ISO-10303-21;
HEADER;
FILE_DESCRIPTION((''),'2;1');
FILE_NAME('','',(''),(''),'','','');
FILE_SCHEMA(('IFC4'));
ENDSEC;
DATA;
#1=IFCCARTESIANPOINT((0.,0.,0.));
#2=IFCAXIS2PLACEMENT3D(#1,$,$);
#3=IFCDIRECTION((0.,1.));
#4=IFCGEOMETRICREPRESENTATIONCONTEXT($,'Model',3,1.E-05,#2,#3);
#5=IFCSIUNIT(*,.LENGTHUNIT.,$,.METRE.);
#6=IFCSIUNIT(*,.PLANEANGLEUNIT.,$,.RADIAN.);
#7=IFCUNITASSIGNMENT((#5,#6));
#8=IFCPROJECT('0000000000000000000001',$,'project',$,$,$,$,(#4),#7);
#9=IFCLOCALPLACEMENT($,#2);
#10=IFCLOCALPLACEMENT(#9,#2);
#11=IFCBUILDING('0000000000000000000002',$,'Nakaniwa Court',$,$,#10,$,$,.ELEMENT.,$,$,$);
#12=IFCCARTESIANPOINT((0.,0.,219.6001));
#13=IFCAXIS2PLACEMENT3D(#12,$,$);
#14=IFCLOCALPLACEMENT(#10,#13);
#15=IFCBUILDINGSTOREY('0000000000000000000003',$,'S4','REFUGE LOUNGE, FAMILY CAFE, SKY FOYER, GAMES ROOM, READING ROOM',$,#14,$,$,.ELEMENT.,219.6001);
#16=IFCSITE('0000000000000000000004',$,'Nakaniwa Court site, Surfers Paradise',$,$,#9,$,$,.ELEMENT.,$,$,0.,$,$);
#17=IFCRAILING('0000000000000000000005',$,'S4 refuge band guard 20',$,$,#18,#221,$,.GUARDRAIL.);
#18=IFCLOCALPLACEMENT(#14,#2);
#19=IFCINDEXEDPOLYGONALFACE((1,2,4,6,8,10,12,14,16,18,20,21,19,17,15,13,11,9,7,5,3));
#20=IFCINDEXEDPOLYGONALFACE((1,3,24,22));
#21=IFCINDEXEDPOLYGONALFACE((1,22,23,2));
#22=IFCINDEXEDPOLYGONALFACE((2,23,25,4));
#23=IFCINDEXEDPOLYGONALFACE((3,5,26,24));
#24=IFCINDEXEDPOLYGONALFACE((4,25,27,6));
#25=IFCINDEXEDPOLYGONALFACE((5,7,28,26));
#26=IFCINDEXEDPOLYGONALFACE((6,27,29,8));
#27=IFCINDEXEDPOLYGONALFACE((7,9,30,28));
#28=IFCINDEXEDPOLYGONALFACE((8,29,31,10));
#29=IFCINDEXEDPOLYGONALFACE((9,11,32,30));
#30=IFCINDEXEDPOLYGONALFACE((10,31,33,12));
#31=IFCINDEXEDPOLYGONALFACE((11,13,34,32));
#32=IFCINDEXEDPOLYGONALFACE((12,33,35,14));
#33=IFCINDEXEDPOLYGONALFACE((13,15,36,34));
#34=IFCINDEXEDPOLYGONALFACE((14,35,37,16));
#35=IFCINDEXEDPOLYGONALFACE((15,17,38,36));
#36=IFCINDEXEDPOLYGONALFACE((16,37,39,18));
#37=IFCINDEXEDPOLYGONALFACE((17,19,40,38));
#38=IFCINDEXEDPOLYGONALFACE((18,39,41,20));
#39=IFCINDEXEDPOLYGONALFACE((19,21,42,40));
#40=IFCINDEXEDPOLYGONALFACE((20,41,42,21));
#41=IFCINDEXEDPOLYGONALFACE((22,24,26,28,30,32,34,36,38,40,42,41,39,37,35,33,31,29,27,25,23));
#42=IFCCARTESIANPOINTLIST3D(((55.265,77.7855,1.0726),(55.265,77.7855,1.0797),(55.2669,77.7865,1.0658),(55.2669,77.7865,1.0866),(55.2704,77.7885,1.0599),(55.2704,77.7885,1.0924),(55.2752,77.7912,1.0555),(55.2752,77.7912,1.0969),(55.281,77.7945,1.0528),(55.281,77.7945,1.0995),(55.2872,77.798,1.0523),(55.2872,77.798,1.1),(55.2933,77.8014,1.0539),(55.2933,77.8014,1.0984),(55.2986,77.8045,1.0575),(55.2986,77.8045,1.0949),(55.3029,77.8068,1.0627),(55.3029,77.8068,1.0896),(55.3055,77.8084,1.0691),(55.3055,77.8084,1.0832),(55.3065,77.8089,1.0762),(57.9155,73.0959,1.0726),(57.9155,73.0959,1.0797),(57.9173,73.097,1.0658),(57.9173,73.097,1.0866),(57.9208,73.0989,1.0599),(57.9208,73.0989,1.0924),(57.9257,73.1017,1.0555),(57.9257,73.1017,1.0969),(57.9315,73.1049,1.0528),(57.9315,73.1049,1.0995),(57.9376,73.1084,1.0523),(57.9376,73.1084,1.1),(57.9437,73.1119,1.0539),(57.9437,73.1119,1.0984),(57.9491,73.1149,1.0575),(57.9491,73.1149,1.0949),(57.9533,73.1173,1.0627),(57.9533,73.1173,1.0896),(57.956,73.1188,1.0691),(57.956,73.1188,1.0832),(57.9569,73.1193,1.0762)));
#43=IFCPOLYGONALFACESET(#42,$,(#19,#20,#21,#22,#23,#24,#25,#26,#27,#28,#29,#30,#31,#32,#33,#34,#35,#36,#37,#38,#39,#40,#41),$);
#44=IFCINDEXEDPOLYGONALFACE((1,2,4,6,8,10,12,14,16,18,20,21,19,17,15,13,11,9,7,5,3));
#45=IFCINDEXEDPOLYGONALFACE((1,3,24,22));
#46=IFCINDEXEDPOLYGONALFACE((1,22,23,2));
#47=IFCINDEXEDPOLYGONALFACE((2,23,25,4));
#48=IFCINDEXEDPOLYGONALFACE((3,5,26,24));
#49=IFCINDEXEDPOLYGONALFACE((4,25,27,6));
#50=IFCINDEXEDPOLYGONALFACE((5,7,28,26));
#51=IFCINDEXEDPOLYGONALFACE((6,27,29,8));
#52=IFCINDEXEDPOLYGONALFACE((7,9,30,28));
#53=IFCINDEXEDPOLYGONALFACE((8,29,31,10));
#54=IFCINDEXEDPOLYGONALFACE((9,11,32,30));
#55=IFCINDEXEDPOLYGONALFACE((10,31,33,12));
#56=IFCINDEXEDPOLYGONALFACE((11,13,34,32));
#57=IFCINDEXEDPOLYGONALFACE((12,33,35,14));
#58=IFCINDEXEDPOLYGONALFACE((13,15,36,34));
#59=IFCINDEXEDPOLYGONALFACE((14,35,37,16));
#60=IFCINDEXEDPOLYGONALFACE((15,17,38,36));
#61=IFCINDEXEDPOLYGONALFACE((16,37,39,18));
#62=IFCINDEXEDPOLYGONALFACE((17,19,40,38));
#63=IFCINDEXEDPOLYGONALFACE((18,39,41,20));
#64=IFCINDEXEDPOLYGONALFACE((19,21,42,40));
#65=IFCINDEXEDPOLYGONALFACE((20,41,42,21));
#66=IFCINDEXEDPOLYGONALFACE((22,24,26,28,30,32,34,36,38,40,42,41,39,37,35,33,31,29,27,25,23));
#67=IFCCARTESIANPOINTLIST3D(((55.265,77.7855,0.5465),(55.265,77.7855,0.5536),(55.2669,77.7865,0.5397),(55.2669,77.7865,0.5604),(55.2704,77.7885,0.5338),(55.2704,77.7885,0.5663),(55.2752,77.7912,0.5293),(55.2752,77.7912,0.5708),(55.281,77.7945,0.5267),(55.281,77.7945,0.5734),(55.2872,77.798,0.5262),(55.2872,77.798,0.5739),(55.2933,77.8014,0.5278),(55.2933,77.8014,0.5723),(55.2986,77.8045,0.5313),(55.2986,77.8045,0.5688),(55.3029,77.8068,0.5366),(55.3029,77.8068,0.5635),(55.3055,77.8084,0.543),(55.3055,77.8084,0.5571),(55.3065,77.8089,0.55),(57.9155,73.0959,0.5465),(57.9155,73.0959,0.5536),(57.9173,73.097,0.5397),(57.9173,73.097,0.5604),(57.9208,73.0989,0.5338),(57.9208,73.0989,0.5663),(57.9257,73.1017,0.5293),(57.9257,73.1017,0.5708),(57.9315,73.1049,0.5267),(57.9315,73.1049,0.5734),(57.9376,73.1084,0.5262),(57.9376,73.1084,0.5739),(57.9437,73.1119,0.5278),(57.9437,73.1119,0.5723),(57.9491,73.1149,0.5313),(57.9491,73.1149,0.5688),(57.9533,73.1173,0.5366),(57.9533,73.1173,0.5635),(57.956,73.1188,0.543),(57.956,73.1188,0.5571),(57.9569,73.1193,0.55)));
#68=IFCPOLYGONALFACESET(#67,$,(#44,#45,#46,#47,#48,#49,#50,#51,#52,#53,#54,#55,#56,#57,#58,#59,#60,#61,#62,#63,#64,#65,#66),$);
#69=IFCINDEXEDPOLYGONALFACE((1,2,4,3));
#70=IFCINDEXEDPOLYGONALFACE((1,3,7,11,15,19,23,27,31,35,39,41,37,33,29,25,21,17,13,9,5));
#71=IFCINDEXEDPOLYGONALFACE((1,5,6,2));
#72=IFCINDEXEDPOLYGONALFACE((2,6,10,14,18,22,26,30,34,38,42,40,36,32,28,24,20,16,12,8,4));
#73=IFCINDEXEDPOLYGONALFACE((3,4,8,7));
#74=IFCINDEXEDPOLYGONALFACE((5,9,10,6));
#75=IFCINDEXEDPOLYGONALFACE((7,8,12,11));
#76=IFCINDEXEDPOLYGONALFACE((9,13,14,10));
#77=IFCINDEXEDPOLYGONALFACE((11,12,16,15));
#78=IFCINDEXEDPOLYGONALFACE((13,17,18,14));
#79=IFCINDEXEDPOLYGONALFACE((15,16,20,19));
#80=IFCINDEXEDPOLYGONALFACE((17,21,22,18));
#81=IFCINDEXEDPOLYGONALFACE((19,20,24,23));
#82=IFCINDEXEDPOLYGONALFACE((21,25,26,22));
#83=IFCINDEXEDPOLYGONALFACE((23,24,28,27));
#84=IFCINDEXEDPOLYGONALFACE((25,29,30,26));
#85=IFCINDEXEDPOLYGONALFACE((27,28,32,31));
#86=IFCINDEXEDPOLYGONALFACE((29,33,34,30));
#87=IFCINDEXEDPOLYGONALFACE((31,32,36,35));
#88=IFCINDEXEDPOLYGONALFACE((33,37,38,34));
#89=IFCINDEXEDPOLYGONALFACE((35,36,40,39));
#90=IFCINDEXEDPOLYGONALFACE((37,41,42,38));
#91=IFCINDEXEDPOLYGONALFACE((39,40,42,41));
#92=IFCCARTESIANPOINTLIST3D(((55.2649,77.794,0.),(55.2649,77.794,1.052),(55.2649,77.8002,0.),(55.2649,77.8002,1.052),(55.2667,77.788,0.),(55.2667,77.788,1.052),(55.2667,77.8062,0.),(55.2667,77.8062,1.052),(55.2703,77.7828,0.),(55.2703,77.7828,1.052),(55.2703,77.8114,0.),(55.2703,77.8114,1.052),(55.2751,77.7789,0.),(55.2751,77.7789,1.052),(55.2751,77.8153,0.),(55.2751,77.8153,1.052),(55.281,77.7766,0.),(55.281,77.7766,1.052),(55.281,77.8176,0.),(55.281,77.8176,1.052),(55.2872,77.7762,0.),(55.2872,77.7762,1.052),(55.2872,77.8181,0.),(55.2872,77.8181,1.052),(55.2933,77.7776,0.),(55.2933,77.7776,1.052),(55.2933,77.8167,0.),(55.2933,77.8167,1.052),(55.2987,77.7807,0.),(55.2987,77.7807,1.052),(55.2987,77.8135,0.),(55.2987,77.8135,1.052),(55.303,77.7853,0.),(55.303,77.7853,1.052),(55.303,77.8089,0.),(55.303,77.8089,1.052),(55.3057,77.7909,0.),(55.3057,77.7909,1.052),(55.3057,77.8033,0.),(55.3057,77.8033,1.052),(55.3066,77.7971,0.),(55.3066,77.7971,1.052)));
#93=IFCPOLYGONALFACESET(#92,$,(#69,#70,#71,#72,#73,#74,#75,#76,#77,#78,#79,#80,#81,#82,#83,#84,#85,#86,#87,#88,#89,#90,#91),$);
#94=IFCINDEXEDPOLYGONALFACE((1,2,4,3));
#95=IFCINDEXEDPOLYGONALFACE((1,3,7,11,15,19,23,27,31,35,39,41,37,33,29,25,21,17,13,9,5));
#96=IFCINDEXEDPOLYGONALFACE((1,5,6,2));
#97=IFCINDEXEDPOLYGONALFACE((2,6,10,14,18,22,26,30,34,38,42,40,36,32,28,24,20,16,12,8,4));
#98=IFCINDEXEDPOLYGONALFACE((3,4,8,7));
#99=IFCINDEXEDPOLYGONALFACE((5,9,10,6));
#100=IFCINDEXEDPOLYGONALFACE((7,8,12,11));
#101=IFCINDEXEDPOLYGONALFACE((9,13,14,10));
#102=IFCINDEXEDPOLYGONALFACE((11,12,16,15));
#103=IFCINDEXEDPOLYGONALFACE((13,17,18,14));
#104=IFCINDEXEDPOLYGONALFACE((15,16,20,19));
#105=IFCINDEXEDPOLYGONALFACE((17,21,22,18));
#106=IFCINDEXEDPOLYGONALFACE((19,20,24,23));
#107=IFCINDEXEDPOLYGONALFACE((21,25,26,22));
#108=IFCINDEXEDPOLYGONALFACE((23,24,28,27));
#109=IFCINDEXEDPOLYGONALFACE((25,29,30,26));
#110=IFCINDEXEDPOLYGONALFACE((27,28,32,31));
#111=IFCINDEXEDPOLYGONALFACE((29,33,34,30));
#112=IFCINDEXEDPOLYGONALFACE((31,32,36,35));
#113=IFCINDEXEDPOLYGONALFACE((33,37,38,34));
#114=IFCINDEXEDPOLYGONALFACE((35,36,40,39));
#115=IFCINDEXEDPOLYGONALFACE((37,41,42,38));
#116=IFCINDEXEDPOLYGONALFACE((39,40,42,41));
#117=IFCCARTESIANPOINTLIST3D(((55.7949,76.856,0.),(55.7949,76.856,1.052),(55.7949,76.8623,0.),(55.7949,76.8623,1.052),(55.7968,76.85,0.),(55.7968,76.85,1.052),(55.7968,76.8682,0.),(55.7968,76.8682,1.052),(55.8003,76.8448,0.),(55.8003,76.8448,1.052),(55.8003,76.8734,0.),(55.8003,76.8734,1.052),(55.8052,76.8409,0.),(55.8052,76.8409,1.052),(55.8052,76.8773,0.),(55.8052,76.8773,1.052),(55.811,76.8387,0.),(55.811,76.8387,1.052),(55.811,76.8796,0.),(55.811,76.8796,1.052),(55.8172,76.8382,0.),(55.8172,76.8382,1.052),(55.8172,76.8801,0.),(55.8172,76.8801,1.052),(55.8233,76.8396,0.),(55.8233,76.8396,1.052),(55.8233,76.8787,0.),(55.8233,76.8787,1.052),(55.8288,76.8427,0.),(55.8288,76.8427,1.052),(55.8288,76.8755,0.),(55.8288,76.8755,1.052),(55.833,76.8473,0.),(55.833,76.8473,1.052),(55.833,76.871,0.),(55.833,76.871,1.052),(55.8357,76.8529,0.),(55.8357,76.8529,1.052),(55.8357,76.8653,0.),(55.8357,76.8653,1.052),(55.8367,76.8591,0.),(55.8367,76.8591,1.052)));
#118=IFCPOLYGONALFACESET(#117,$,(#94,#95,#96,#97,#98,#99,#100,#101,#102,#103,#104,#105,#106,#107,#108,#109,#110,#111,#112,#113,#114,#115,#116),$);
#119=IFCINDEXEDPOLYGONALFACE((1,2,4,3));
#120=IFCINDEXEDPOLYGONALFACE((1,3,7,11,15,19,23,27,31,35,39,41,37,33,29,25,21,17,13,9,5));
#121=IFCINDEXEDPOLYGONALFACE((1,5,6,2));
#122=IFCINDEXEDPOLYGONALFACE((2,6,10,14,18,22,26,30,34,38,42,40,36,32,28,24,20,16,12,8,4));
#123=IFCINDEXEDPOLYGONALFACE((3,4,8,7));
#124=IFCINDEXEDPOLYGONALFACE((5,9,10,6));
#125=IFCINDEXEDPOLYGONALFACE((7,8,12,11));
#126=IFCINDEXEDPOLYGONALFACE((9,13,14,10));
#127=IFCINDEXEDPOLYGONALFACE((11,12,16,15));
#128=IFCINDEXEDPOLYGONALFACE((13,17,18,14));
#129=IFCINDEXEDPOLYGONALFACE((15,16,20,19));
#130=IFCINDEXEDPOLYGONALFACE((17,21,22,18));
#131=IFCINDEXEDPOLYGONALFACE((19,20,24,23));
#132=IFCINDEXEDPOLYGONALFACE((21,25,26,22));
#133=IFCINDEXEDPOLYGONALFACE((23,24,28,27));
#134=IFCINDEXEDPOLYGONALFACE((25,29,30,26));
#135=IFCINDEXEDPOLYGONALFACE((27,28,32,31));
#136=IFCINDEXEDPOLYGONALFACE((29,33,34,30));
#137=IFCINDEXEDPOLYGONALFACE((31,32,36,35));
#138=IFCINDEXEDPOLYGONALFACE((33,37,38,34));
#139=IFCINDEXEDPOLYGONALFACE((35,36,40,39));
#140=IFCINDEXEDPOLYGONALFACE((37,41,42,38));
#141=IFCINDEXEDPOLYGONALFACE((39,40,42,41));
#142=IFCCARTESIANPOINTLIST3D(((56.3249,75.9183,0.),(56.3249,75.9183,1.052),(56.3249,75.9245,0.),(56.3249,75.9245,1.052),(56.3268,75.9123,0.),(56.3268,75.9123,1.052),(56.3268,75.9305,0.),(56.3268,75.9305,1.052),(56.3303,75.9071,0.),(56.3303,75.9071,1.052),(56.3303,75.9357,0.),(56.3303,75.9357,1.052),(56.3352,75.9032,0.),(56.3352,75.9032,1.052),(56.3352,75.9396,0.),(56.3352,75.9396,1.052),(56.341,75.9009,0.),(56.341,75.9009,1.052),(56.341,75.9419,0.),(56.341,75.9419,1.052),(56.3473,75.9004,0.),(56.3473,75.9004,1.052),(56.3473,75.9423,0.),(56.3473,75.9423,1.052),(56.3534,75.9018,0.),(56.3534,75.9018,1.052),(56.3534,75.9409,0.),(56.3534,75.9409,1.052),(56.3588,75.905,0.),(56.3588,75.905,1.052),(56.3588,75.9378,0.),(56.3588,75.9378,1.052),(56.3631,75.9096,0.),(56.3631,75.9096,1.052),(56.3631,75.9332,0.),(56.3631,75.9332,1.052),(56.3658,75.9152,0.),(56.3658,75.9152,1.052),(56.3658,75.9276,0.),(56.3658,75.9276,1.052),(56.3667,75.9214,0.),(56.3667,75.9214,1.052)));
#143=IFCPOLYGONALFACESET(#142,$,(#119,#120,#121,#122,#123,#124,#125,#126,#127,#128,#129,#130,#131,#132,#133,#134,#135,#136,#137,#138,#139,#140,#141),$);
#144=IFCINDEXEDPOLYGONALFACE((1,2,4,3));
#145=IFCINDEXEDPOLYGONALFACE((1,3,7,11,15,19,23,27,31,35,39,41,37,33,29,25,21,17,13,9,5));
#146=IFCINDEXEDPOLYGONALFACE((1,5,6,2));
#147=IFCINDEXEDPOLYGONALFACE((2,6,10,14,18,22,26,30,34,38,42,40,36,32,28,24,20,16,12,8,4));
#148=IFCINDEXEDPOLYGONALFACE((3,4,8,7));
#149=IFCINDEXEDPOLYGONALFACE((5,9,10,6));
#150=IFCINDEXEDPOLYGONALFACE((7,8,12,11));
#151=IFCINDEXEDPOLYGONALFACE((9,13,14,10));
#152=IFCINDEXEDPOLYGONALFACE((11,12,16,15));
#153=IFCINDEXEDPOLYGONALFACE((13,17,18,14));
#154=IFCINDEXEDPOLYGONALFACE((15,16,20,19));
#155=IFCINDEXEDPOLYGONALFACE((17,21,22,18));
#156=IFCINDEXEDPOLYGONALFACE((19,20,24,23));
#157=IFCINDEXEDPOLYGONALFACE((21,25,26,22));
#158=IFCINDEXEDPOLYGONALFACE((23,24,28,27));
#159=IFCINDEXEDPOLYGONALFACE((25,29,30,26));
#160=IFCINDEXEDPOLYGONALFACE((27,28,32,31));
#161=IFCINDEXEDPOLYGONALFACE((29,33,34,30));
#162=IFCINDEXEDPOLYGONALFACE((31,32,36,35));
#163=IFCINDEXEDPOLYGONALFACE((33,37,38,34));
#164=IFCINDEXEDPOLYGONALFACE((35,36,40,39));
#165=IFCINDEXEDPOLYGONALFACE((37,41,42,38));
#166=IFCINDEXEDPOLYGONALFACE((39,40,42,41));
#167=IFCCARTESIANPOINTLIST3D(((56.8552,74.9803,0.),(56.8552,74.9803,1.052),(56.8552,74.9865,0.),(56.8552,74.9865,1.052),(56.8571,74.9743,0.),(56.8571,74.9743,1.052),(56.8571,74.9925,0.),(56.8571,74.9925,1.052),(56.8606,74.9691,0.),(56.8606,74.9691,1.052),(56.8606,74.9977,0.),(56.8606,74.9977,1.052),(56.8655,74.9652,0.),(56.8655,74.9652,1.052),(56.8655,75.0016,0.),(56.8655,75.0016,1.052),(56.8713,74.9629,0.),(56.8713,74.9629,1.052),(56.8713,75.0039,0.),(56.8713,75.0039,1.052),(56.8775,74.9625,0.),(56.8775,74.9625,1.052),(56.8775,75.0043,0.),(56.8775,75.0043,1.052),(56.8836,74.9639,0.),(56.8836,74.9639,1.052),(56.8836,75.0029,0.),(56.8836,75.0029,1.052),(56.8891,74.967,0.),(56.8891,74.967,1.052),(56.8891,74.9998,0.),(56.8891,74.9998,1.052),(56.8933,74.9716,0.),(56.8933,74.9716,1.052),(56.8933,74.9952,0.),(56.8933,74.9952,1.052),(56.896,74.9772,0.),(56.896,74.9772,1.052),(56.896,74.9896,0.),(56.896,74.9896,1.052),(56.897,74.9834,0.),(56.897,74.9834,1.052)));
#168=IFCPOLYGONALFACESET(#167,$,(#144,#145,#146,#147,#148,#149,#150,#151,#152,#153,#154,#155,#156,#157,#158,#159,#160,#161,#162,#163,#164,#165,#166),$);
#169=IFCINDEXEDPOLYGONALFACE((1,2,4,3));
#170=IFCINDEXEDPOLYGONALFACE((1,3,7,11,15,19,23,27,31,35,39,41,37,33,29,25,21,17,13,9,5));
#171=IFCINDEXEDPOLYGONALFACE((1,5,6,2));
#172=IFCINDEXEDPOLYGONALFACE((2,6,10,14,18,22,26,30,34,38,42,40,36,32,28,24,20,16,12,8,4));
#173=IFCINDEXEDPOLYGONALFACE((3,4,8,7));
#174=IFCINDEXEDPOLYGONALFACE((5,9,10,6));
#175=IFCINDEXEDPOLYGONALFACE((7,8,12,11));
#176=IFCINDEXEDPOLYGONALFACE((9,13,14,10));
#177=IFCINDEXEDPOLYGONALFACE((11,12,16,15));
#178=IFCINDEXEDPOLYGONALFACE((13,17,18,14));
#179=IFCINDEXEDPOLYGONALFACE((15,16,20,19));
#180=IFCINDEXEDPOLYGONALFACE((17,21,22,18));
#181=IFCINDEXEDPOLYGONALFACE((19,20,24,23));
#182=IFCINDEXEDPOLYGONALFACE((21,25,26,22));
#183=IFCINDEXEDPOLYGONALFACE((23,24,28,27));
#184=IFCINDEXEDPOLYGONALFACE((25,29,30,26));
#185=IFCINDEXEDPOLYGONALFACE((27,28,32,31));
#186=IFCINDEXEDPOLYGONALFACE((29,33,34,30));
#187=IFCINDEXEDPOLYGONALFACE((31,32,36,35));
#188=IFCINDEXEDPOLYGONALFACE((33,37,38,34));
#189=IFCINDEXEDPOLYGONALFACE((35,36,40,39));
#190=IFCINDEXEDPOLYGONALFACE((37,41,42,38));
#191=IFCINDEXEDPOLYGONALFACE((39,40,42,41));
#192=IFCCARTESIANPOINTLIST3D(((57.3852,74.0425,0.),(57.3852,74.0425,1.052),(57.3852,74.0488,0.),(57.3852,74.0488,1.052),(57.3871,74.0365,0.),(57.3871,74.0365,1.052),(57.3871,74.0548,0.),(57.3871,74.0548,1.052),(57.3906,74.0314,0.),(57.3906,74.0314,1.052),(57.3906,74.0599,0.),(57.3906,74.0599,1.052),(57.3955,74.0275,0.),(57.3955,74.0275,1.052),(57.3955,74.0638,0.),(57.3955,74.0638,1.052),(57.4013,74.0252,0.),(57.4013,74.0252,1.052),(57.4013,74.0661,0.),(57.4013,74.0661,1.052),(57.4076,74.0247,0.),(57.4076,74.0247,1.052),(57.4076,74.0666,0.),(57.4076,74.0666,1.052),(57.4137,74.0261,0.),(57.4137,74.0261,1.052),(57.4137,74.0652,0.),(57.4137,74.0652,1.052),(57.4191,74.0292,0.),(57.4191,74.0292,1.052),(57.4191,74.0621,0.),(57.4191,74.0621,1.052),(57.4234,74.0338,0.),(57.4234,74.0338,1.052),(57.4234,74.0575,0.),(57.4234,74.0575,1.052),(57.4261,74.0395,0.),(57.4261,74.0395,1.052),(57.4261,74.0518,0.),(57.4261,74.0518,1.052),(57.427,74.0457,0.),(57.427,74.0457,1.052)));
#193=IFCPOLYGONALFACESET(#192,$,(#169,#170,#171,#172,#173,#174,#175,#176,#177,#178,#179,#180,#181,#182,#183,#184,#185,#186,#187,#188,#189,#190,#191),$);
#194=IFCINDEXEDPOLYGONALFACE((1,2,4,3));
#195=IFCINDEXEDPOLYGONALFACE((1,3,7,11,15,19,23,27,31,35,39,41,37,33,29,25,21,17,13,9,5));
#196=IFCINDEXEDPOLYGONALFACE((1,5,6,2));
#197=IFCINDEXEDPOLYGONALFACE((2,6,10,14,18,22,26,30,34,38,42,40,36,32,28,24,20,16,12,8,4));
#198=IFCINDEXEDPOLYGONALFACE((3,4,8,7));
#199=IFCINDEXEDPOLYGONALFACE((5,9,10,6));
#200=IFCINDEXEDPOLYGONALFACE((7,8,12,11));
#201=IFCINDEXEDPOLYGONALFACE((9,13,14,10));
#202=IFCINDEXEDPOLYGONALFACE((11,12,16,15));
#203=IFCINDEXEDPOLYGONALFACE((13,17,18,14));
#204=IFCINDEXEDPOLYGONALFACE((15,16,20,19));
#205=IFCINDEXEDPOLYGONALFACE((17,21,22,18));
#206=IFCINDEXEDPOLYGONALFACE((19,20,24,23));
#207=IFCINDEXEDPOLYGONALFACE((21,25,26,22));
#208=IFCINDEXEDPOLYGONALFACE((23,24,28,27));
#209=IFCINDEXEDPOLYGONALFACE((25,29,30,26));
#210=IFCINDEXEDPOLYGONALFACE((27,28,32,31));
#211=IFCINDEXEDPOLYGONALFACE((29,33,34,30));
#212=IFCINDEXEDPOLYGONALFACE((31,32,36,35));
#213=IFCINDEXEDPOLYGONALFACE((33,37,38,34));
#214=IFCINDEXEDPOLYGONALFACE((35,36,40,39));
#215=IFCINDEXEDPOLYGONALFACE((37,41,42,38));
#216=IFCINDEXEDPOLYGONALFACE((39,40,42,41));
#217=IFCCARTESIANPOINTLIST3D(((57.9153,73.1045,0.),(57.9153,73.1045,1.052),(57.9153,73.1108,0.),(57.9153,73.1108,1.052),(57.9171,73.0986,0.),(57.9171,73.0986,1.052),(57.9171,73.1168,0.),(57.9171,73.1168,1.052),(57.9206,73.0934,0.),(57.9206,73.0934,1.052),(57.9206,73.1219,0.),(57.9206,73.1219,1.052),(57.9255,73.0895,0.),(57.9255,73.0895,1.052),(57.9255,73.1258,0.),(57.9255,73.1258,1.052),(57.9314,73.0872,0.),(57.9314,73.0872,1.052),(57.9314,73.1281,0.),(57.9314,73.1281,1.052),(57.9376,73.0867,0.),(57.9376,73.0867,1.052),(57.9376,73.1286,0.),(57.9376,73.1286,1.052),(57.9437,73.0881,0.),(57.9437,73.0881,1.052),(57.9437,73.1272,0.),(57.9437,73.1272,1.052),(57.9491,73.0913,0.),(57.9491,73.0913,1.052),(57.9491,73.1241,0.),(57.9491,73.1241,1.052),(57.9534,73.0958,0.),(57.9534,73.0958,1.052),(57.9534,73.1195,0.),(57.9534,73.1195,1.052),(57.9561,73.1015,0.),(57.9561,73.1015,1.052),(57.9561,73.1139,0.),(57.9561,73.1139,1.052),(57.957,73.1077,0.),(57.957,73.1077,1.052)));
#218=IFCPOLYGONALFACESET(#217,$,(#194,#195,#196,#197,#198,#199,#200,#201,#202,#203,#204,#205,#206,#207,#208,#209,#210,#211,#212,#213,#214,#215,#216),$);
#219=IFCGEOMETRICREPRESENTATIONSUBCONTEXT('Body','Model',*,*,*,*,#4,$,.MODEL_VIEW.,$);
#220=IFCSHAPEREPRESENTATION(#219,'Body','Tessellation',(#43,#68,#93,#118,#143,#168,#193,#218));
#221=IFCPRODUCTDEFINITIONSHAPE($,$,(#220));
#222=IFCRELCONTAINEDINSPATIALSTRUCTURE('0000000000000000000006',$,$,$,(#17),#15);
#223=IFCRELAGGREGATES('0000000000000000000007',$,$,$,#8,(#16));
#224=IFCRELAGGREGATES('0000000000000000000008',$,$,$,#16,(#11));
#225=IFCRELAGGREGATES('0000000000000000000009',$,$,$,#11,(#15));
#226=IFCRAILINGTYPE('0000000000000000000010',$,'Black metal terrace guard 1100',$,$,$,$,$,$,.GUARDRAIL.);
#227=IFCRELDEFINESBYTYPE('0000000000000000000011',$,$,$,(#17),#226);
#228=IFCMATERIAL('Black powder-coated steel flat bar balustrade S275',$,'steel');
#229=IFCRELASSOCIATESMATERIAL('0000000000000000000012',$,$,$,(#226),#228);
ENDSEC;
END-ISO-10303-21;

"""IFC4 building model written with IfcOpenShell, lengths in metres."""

from ifc_helpers import new_model, si_unit, direction, frame, origin, origin_2d, place, context, subcontext, project, spatial, circle, extrude, material, type_object, element, save


model = new_model("IFC4")

# Units and contexts
model_context = context("Model", 3, precision=1e-05, world=origin(), true_north=direction((0.0, 1.0)))
body_context = subcontext(model_context, "Body", "Model", "MODEL_VIEW")
ifc_project = project(units=[si_unit("LENGTHUNIT", "METRE"), si_unit("PLANEANGLEUNIT", "RADIAN")], contexts=[model_context])

# Site, building, storey
site_placement = place(None, origin())
site = spatial("IfcSite", under=ifc_project, at=site_placement, Name="Nakaniwa Court site, Surfers Paradise", CompositionType="ELEMENT", RefElevation=0.0)
building_placement = place(site_placement, origin())
building = spatial("IfcBuilding", under=site, at=building_placement, Name="Nakaniwa Court", CompositionType="ELEMENT")
storey_placement = place(building_placement, frame((0.0, 0.0, 219.6001)))
storey = spatial("IfcBuildingStorey", under=building, at=storey_placement, Name="S4", Description="REFUGE LOUNGE, FAMILY CAFE, SKY FOYER, GAMES ROOM, READING ROOM", CompositionType="ELEMENT", Elevation=219.6001)

# Railing
ifc_material_1 = material(Name="Black powder-coated steel flat bar balustrade S275", Category="steel")
railing_type = type_object("IfcRailingType", Name="Black metal terrace guard 1100", PredefinedType="GUARDRAIL", material=ifc_material_1)
railing_placement = place(storey_placement, frame((55.2856, 77.7971, 0.0)))
element("IfcRailing", 1, at=railing_placement, inside=storey, type_object=railing_type, Name="S4 refuge band guard 20", PredefinedType="GUARDRAIL", context=body_context, shape_type="SweptSolid", body=[
    extrude(circle(Radius=0.0239, at=origin_2d()), frame((0.0, 0.0, 1.0762), z_axis=(0.492033, -0.870576, 0.0), x_axis=(0.870576, 0.492033, 0.0)), (0.0, 0.0, 1.0), 5.3867),
    extrude(circle(Radius=0.0239, at=origin_2d()), frame((0.0, 0.0, 0.55), z_axis=(0.492033, -0.870576, 0.0), x_axis=(0.870576, 0.492033, 0.0)), (0.0, 0.0, 1.0), 5.3867),
    extrude(circle(Radius=0.021, at=origin_2d()), origin(), (0.0, 0.0, 1.0), 1.052),
    extrude(circle(Radius=0.021, at=origin_2d()), frame((0.53, -0.938, 0.0)), (0.0, 0.0, 1.0), 1.052),
    extrude(circle(Radius=0.021, at=origin_2d()), frame((1.0601, -1.8757, 0.0)), (0.0, 0.0, 1.0), 1.052),
    extrude(circle(Radius=0.021, at=origin_2d()), frame((1.5903, -2.8137, 0.0)), (0.0, 0.0, 1.0), 1.052),
    extrude(circle(Radius=0.021, at=origin_2d()), frame((2.1204, -3.7515, 0.0)), (0.0, 0.0, 1.0), 1.052),
    extrude(circle(Radius=0.021, at=origin_2d()), frame((2.6504, -4.6895, 0.0)), (0.0, 0.0, 1.0), 1.052),
])

save(model, "model.ifc")
